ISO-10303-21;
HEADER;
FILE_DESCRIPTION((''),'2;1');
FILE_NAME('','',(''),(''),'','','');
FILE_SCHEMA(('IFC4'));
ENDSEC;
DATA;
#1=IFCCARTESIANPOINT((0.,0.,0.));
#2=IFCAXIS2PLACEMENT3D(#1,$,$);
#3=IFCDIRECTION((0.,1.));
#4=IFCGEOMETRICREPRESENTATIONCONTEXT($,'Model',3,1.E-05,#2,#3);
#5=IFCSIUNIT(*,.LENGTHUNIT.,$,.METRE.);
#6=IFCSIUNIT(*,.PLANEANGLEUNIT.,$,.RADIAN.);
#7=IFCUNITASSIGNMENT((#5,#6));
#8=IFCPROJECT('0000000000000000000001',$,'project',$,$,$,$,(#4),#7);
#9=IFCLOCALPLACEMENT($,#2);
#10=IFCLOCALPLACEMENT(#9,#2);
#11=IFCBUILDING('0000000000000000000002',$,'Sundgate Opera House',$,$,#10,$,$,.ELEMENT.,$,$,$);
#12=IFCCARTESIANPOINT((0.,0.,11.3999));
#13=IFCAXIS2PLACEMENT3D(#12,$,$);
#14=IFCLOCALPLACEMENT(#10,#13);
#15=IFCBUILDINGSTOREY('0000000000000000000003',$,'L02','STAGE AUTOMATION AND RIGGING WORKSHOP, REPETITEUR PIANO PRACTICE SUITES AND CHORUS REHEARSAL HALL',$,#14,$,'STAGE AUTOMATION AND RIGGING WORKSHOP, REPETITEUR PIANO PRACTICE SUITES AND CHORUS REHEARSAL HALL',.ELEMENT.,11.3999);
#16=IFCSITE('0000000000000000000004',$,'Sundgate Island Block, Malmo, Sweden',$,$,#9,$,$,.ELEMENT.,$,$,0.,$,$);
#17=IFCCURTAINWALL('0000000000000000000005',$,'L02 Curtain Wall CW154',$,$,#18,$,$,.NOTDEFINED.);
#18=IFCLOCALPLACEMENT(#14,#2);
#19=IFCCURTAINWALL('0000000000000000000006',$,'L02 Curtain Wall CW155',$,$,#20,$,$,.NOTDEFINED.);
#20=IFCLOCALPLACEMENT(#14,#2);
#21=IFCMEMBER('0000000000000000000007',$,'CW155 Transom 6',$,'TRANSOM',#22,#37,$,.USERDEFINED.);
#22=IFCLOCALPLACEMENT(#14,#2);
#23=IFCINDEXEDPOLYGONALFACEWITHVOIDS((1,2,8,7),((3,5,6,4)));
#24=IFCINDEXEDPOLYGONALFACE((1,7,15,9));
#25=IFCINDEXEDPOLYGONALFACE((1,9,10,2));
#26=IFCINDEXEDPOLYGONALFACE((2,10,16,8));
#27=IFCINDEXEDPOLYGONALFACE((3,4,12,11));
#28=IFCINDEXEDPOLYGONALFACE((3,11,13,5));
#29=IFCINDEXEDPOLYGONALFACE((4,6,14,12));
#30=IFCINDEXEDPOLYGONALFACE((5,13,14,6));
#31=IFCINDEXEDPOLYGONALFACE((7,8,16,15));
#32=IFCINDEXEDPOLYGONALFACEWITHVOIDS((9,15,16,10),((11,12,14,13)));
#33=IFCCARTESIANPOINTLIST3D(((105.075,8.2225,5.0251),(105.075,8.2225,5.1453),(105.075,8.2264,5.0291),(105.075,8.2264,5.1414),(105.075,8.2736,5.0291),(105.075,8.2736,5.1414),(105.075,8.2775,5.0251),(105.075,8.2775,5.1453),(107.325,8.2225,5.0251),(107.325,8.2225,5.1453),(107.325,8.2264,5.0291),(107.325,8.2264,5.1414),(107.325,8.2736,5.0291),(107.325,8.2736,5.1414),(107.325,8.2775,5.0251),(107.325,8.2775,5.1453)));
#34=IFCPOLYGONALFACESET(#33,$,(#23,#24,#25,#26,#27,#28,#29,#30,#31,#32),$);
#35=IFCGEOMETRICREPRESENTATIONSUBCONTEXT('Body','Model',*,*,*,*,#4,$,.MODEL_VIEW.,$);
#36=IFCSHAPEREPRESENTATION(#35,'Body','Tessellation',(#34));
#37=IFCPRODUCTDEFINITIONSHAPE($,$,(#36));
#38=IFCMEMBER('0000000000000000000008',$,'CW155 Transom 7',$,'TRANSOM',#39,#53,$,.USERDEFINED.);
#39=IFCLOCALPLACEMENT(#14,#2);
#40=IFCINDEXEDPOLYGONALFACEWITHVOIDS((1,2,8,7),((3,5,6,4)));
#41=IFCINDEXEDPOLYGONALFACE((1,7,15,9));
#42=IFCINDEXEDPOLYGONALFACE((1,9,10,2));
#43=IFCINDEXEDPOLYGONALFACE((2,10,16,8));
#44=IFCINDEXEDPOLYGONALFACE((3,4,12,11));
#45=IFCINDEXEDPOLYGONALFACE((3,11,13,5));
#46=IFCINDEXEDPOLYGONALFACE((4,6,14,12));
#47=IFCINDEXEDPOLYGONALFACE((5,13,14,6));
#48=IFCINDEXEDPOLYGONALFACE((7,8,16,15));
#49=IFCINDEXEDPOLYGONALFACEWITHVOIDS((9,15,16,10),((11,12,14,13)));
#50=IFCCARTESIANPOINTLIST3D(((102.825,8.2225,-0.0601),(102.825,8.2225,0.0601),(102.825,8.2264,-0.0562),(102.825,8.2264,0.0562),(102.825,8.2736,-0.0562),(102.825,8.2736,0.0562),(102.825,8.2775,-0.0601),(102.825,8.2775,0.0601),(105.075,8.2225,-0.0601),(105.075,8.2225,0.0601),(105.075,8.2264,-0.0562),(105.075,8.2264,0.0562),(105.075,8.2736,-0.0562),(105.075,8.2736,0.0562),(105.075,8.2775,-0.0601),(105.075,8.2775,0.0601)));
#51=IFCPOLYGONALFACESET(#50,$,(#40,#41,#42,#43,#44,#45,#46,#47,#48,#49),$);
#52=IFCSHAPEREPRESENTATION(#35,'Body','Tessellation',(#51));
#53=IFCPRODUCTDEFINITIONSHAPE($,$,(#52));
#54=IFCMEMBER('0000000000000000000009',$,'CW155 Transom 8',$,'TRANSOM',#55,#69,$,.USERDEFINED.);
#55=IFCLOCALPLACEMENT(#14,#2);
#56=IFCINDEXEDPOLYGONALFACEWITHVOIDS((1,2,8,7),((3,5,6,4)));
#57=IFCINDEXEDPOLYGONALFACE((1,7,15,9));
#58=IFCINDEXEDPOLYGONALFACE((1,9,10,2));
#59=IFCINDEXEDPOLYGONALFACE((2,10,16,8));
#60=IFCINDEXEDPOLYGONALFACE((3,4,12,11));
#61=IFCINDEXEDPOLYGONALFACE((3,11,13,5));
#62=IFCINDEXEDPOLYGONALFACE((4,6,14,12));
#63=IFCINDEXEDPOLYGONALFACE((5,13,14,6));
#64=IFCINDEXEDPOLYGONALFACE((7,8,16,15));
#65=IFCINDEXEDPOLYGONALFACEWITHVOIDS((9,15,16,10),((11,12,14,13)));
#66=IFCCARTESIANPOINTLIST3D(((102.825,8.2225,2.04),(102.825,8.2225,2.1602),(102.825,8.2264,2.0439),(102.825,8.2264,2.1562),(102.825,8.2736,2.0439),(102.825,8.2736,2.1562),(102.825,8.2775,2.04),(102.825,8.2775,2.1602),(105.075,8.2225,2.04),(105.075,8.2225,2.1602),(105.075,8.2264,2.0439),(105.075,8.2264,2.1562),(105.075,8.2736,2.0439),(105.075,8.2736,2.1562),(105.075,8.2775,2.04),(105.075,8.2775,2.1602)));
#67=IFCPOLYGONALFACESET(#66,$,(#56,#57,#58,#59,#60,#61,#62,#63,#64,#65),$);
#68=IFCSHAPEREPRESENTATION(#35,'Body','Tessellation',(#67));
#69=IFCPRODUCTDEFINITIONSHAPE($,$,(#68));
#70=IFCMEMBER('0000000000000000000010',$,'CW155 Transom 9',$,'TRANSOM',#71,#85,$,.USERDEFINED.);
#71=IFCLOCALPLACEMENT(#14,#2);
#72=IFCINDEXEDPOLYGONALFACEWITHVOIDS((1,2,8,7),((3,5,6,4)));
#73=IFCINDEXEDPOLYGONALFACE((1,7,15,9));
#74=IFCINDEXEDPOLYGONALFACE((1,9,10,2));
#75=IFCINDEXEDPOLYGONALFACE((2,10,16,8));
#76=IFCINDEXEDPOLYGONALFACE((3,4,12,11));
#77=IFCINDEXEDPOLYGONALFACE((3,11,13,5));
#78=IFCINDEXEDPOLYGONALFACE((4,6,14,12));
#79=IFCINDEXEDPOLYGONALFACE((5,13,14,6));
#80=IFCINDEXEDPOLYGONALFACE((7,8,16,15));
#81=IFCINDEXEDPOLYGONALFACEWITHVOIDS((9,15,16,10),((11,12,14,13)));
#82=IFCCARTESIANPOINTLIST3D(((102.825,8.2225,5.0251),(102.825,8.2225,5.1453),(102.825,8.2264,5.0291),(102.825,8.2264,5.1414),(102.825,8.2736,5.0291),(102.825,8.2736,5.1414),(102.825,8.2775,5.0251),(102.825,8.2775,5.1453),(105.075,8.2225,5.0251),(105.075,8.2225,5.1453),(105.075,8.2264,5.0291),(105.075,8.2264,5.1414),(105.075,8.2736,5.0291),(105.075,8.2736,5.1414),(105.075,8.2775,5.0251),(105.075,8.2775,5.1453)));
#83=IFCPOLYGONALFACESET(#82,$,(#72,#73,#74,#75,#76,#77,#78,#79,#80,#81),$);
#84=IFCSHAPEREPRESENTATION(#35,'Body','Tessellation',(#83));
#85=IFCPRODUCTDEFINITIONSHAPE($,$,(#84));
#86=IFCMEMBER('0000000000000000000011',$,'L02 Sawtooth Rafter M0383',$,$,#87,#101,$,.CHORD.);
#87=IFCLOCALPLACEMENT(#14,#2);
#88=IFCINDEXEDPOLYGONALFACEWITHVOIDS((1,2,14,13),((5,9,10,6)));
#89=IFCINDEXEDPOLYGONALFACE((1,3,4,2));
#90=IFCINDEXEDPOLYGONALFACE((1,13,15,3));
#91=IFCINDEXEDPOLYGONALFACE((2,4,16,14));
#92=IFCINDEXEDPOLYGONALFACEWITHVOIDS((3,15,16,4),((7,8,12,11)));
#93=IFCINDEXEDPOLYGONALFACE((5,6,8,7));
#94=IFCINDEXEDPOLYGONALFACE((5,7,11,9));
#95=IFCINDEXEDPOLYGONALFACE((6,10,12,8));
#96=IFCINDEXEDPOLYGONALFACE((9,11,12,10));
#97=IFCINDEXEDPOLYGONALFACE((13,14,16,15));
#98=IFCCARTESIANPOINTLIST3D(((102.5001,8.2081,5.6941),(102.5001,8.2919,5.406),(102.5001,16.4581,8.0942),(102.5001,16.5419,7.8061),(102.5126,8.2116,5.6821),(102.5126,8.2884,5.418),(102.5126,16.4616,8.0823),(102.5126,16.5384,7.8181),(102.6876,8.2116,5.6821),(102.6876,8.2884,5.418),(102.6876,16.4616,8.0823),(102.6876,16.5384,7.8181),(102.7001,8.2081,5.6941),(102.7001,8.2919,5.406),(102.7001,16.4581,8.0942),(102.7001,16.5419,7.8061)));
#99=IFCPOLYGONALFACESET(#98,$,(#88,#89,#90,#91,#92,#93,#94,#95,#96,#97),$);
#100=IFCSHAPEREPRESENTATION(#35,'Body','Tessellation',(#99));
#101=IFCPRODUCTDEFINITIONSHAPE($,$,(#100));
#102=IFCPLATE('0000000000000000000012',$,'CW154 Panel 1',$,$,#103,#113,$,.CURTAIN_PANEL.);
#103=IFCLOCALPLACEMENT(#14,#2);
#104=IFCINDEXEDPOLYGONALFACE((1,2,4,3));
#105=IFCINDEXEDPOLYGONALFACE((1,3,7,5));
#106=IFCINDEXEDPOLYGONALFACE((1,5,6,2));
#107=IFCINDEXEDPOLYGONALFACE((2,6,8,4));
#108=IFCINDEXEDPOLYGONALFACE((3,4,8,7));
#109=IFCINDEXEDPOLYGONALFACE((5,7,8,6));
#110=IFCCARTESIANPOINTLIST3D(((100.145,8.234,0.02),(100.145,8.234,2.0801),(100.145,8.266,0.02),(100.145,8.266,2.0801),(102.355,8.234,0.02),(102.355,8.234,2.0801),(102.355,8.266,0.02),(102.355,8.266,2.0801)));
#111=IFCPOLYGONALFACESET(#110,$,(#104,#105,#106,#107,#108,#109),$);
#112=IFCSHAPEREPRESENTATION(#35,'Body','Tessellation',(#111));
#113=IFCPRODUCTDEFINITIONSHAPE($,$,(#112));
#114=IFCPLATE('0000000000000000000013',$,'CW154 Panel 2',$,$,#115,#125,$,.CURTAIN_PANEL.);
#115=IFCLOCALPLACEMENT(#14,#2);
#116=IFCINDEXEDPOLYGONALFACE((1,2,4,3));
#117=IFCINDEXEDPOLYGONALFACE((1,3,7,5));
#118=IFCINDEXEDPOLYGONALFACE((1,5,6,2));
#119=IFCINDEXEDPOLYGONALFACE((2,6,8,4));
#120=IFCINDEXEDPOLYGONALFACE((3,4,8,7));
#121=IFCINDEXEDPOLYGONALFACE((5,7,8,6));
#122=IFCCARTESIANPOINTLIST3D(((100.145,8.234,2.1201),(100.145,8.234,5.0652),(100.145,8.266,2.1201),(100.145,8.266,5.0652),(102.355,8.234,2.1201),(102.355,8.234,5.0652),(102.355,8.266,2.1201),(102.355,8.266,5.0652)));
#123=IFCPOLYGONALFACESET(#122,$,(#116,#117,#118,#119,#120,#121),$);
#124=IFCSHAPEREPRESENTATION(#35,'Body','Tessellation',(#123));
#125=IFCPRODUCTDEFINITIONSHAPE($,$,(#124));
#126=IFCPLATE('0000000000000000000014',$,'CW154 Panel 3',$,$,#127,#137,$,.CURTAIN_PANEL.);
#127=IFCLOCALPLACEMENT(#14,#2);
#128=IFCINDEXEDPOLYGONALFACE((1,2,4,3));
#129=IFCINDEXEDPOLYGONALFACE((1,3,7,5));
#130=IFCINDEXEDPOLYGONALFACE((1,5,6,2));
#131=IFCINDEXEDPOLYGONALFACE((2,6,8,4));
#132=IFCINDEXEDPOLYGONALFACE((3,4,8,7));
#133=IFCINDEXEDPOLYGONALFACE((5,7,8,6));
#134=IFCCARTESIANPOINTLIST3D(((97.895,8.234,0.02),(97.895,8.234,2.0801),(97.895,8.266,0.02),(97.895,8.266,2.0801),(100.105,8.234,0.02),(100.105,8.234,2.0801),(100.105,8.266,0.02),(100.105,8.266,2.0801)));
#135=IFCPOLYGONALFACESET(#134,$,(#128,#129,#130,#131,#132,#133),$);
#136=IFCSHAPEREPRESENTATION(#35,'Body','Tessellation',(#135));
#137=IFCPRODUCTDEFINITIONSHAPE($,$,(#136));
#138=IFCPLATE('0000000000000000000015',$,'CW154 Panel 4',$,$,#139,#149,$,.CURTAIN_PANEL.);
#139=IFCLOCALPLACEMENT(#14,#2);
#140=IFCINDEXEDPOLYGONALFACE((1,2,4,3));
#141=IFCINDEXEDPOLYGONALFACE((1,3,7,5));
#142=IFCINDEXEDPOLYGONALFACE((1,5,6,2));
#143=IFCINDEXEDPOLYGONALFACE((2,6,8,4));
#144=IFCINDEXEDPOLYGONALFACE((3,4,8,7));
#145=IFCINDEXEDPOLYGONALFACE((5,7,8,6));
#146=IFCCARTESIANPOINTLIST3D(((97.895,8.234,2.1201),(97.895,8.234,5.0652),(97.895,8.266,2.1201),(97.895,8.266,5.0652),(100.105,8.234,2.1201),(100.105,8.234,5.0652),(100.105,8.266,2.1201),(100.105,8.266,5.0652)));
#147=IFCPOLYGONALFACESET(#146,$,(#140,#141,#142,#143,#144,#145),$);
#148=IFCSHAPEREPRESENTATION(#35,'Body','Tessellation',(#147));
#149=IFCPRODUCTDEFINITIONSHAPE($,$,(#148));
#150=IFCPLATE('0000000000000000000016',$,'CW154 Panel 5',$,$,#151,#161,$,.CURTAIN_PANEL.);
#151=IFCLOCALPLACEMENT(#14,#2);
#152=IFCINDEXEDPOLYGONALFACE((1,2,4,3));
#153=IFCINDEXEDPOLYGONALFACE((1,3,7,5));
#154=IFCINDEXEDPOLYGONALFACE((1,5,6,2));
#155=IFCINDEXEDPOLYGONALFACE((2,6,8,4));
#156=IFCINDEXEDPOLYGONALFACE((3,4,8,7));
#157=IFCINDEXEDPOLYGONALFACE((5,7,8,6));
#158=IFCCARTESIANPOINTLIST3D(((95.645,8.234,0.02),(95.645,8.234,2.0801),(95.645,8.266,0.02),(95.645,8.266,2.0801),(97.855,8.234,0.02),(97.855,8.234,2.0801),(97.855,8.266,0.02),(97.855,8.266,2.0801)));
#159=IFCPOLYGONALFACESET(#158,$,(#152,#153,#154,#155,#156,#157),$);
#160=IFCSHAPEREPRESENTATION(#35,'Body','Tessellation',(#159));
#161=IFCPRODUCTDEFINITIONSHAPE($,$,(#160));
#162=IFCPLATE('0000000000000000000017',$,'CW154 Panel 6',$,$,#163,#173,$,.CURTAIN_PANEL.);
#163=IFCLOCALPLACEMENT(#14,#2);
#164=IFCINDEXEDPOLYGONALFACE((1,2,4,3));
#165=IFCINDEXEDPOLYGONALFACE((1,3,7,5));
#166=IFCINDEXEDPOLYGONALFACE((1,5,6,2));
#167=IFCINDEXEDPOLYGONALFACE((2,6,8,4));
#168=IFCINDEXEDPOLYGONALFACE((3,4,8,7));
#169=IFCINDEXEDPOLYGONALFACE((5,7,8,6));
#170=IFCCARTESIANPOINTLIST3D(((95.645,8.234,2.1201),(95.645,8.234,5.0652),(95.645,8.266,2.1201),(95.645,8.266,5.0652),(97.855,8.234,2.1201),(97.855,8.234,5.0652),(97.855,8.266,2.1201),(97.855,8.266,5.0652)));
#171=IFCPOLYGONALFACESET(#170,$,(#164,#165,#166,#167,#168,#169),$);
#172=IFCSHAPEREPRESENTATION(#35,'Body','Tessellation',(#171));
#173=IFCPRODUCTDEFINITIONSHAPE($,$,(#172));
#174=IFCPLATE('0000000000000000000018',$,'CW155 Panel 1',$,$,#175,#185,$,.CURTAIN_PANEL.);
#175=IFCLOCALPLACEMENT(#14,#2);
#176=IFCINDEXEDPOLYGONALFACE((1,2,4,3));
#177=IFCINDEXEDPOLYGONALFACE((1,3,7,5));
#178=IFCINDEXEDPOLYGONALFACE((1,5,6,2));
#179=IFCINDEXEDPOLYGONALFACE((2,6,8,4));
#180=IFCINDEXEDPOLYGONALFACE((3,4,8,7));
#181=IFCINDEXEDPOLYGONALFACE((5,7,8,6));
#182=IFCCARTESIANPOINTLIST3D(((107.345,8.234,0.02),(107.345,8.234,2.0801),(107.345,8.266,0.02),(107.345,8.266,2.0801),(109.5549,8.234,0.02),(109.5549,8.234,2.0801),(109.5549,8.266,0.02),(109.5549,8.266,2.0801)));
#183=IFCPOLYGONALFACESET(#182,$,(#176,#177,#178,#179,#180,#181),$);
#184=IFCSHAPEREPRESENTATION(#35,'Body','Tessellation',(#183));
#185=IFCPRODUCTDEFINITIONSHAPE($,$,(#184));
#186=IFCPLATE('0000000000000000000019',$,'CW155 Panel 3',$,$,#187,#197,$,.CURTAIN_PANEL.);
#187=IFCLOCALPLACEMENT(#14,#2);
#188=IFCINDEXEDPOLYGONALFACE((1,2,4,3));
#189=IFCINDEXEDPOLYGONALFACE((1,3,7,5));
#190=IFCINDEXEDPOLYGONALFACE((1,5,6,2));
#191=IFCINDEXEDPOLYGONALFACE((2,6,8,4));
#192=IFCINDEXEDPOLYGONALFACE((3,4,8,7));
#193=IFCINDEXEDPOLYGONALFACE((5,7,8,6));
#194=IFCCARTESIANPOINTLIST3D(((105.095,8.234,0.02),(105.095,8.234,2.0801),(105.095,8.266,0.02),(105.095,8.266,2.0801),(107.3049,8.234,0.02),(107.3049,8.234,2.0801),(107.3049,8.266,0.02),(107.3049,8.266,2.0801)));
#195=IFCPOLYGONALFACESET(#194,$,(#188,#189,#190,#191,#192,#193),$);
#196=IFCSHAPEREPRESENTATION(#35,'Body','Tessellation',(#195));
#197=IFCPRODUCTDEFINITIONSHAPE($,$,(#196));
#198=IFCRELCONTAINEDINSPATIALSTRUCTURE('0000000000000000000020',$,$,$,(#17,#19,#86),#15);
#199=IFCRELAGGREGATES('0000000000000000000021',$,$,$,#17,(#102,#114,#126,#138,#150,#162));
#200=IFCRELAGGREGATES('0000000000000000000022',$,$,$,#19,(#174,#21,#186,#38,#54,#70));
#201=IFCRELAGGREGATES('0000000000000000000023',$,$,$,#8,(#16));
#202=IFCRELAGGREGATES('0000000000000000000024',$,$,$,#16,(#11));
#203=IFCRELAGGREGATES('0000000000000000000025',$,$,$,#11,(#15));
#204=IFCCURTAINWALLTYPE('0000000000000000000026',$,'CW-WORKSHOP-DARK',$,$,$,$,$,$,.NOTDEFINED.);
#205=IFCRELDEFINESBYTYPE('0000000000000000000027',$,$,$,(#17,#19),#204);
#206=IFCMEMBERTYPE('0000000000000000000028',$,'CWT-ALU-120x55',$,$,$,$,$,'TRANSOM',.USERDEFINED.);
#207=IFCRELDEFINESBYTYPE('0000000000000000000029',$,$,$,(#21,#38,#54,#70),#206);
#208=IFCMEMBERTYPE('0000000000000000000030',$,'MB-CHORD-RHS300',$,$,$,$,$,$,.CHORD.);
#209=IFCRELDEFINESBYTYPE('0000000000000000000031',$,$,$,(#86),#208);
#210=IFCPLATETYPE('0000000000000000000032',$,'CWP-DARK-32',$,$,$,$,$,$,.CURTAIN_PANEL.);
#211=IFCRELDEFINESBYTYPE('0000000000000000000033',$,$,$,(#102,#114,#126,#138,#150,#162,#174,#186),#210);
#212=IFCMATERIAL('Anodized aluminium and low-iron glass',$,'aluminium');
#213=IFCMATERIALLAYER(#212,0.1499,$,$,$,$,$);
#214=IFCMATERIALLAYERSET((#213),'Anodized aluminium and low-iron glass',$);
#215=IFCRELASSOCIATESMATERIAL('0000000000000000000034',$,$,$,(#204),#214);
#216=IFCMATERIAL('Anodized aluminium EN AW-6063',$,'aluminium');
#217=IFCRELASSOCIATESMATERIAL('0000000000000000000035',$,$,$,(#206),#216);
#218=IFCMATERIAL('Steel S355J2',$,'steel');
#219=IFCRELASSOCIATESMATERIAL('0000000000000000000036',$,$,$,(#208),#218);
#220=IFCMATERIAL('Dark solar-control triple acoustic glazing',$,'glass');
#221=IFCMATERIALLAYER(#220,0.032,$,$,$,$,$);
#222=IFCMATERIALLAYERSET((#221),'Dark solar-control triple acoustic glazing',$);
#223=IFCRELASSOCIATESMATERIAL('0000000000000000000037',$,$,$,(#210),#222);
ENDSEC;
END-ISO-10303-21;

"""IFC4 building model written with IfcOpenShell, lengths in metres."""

from ifc_helpers import new_model, si_unit, direction, frame, origin, origin_2d, place, context, subcontext, project, spatial, rectangle, hollow_rectangle, extrude, material, layer, layer_set, material_profile, profile_set, type_object, element, aggregate, save


model = new_model("IFC4")

# Units and contexts
model_context = context("Model", 3, precision=1e-05, world=origin(), true_north=direction((0.0, 1.0)))
body_context = subcontext(model_context, "Body", "Model", "MODEL_VIEW")
ifc_project = project(units=[si_unit("LENGTHUNIT", "METRE"), si_unit("PLANEANGLEUNIT", "RADIAN")], contexts=[model_context])

# Site, building, storey
site_placement = place(None, origin())
site = spatial("IfcSite", under=ifc_project, at=site_placement, Name="Sundgate Island Block, Malmo, Sweden", CompositionType="ELEMENT", RefElevation=0.0)
building_placement = place(site_placement, origin())
building = spatial("IfcBuilding", under=site, at=building_placement, Name="Sundgate Opera House", CompositionType="ELEMENT")
storey_placement = place(building_placement, frame((0.0, 0.0, 11.3999)))
storey = spatial("IfcBuildingStorey", under=building, at=storey_placement, Name="L02", Description="STAGE AUTOMATION AND RIGGING WORKSHOP, REPETITEUR PIANO PRACTICE SUITES AND CHORUS REHEARSAL HALL", LongName="STAGE AUTOMATION AND RIGGING WORKSHOP, REPETITEUR PIANO PRACTICE SUITES AND CHORUS REHEARSAL HALL", CompositionType="ELEMENT", Elevation=11.3999)

# Curtain walls
ifc_material_1 = material(Name="Anodized aluminium and low-iron glass", Category="aluminium")
ifc_layer_1 = layer(ifc_material_1, 0.1499)
ifc_layer_set_1 = layer_set([ifc_layer_1], Name="Anodized aluminium and low-iron glass")
curtain_wall_type = type_object("IfcCurtainWallType", Name="CW-WORKSHOP-DARK", PredefinedType="NOTDEFINED", material=ifc_layer_set_1)
curtain_wall_1_placement = place(storey_placement, origin())
curtain_wall_1 = element("IfcCurtainWall", 1, at=curtain_wall_1_placement, inside=storey, type_object=curtain_wall_type, Name="L02 Curtain Wall CW154", PredefinedType="NOTDEFINED")
curtain_wall_2_placement = place(storey_placement, origin())
curtain_wall_2 = element("IfcCurtainWall", 2, at=curtain_wall_2_placement, inside=storey, type_object=curtain_wall_type, Name="L02 Curtain Wall CW155", PredefinedType="NOTDEFINED")

# Members
ifc_material_2 = material(Name="Anodized aluminium EN AW-6063", Category="aluminium")
ifc_material_profile_1 = material_profile(ifc_material_2, hollow_rectangle(XDim=0.0549, YDim=0.1201, WallThickness=0.0039, at=origin_2d()), Name="CWT 120x55x4")
ifc_profile_set_1 = profile_set([ifc_material_profile_1], Name="Anodized aluminium EN AW-6063")
member_type_1 = type_object("IfcMemberType", Name="CWT-ALU-120x55", ElementType="TRANSOM", PredefinedType="USERDEFINED", material=ifc_profile_set_1)
member_1_placement = place(storey_placement, frame((107.325, 8.25, 5.0852), z_axis=(-1.0, 0.0, 0.0), x_axis=(0.0, -1.0, 0.0)))
member_1 = element("IfcMember", 3, at=member_1_placement, type_object=member_type_1, Name="CW155 Transom 6", ObjectType="TRANSOM", PredefinedType="USERDEFINED", context=body_context, shape_type="SweptSolid", body=[
    extrude(hollow_rectangle(XDim=0.0549, YDim=0.1201, WallThickness=0.0039, at=origin_2d()), origin(), (0.0, 0.0, 1.0), 2.25),
])
member_2_placement = place(storey_placement, frame((105.075, 8.25, 0.0), z_axis=(-1.0, 0.0, 0.0), x_axis=(0.0, -1.0, 0.0)))
member_2 = element("IfcMember", 4, at=member_2_placement, type_object=member_type_1, Name="CW155 Transom 7", ObjectType="TRANSOM", PredefinedType="USERDEFINED", context=body_context, shape_type="SweptSolid", body=[
    extrude(hollow_rectangle(XDim=0.0549, YDim=0.1201, WallThickness=0.0039, at=origin_2d()), origin(), (0.0, 0.0, 1.0), 2.25),
])
member_3_placement = place(storey_placement, frame((105.075, 8.25, 2.1001), z_axis=(-1.0, 0.0, 0.0), x_axis=(0.0, -1.0, 0.0)))
member_3 = element("IfcMember", 5, at=member_3_placement, type_object=member_type_1, Name="CW155 Transom 8", ObjectType="TRANSOM", PredefinedType="USERDEFINED", context=body_context, shape_type="SweptSolid", body=[
    extrude(hollow_rectangle(XDim=0.0549, YDim=0.1201, WallThickness=0.0039, at=origin_2d()), origin(), (0.0, 0.0, 1.0), 2.25),
])
member_4_placement = place(storey_placement, frame((105.075, 8.25, 5.0852), z_axis=(-1.0, 0.0, 0.0), x_axis=(0.0, -1.0, 0.0)))
member_4 = element("IfcMember", 6, at=member_4_placement, type_object=member_type_1, Name="CW155 Transom 9", ObjectType="TRANSOM", PredefinedType="USERDEFINED", context=body_context, shape_type="SweptSolid", body=[
    extrude(hollow_rectangle(XDim=0.0549, YDim=0.1201, WallThickness=0.0039, at=origin_2d()), origin(), (0.0, 0.0, 1.0), 2.25),
])
ifc_material_3 = material(Name="Steel S355J2", Category="steel")
ifc_material_profile_2 = material_profile(ifc_material_3, hollow_rectangle(XDim=0.2, YDim=0.3, WallThickness=0.0125, at=origin_2d()), Name="RHS 300x200x12.5")
ifc_profile_set_2 = profile_set([ifc_material_profile_2], Name="Steel S355J2")
member_type_2 = type_object("IfcMemberType", Name="MB-CHORD-RHS300", PredefinedType="CHORD", material=ifc_profile_set_2)
member_5_placement = place(storey_placement, frame((102.6001, 8.25, 5.55), z_axis=(0.0, 0.960191, 0.279345), x_axis=(-1.0, 0.0, 0.0)))
element("IfcMember", 7, at=member_5_placement, inside=storey, type_object=member_type_2, Name="L02 Sawtooth Rafter M0383", PredefinedType="CHORD", context=body_context, shape_type="SweptSolid", body=[
    extrude(hollow_rectangle(XDim=0.2, YDim=0.3, WallThickness=0.0125, at=origin_2d()), origin(), (0.0, 0.0, 1.0), 8.592),
])

# Plates
ifc_material_4 = material(Name="Dark solar-control triple acoustic glazing", Category="glass")
ifc_layer_2 = layer(ifc_material_4, 0.032)
ifc_layer_set_2 = layer_set([ifc_layer_2], Name="Dark solar-control triple acoustic glazing")
plate_type_1 = type_object("IfcPlateType", Name="CWP-DARK-32", PredefinedType="CURTAIN_PANEL", material=ifc_layer_set_2)
plate_1_placement = place(storey_placement, frame((101.25, 8.25, 0.02), z_axis=(0.0, 0.0, 1.0), x_axis=(-1.0, 0.0, 0.0)))
plate_1 = element("IfcPlate", 8, at=plate_1_placement, type_object=plate_type_1, Name="CW154 Panel 1", PredefinedType="CURTAIN_PANEL", context=body_context, shape_type="SweptSolid", body=[
    extrude(rectangle(XDim=2.21, YDim=0.032, at=origin_2d()), origin(), (0.0, 0.0, 1.0), 2.0601),
])
plate_2_placement = place(storey_placement, frame((101.25, 8.25, 2.1201), z_axis=(0.0, 0.0, 1.0), x_axis=(-1.0, 0.0, 0.0)))
plate_2 = element("IfcPlate", 9, at=plate_2_placement, type_object=plate_type_1, Name="CW154 Panel 2", PredefinedType="CURTAIN_PANEL", context=body_context, shape_type="SweptSolid", body=[
    extrude(rectangle(XDim=2.21, YDim=0.032, at=origin_2d()), origin(), (0.0, 0.0, 1.0), 2.9451),
])
plate_3_placement = place(storey_placement, frame((99.0, 8.25, 0.02), z_axis=(0.0, 0.0, 1.0), x_axis=(-1.0, 0.0, 0.0)))
plate_3 = element("IfcPlate", 10, at=plate_3_placement, type_object=plate_type_1, Name="CW154 Panel 3", PredefinedType="CURTAIN_PANEL", context=body_context, shape_type="SweptSolid", body=[
    extrude(rectangle(XDim=2.21, YDim=0.032, at=origin_2d()), origin(), (0.0, 0.0, 1.0), 2.0601),
])
plate_4_placement = place(storey_placement, frame((99.0, 8.25, 2.1201), z_axis=(0.0, 0.0, 1.0), x_axis=(-1.0, 0.0, 0.0)))
plate_4 = element("IfcPlate", 11, at=plate_4_placement, type_object=plate_type_1, Name="CW154 Panel 4", PredefinedType="CURTAIN_PANEL", context=body_context, shape_type="SweptSolid", body=[
    extrude(rectangle(XDim=2.21, YDim=0.032, at=origin_2d()), origin(), (0.0, 0.0, 1.0), 2.9451),
])
plate_5_placement = place(storey_placement, frame((96.75, 8.25, 0.02), z_axis=(0.0, 0.0, 1.0), x_axis=(-1.0, 0.0, 0.0)))
plate_5 = element("IfcPlate", 12, at=plate_5_placement, type_object=plate_type_1, Name="CW154 Panel 5", PredefinedType="CURTAIN_PANEL", context=body_context, shape_type="SweptSolid", body=[
    extrude(rectangle(XDim=2.21, YDim=0.032, at=origin_2d()), origin(), (0.0, 0.0, 1.0), 2.0601),
])
plate_6_placement = place(storey_placement, frame((96.75, 8.25, 2.1201), z_axis=(0.0, 0.0, 1.0), x_axis=(-1.0, 0.0, 0.0)))
plate_6 = element("IfcPlate", 13, at=plate_6_placement, type_object=plate_type_1, Name="CW154 Panel 6", PredefinedType="CURTAIN_PANEL", context=body_context, shape_type="SweptSolid", body=[
    extrude(rectangle(XDim=2.21, YDim=0.032, at=origin_2d()), origin(), (0.0, 0.0, 1.0), 2.9451),
])
aggregate(curtain_wall_1, [plate_1, plate_2, plate_3, plate_4, plate_5, plate_6])
plate_7_placement = place(storey_placement, frame((108.45, 8.25, 0.02), z_axis=(0.0, 0.0, 1.0), x_axis=(-1.0, 0.0, 0.0)))
plate_7 = element("IfcPlate", 14, at=plate_7_placement, type_object=plate_type_1, Name="CW155 Panel 1", PredefinedType="CURTAIN_PANEL", context=body_context, shape_type="SweptSolid", body=[
    extrude(rectangle(XDim=2.21, YDim=0.032, at=origin_2d()), origin(), (0.0, 0.0, 1.0), 2.0601),
])
plate_8_placement = place(storey_placement, frame((106.2, 8.25, 0.02), z_axis=(0.0, 0.0, 1.0), x_axis=(-1.0, 0.0, 0.0)))
plate_8 = element("IfcPlate", 15, at=plate_8_placement, type_object=plate_type_1, Name="CW155 Panel 3", PredefinedType="CURTAIN_PANEL", context=body_context, shape_type="SweptSolid", body=[
    extrude(rectangle(XDim=2.21, YDim=0.032, at=origin_2d()), origin(), (0.0, 0.0, 1.0), 2.0601),
])
aggregate(curtain_wall_2, [plate_7, member_1, plate_8, member_2, member_3, member_4])

save(model, "model.ifc")
